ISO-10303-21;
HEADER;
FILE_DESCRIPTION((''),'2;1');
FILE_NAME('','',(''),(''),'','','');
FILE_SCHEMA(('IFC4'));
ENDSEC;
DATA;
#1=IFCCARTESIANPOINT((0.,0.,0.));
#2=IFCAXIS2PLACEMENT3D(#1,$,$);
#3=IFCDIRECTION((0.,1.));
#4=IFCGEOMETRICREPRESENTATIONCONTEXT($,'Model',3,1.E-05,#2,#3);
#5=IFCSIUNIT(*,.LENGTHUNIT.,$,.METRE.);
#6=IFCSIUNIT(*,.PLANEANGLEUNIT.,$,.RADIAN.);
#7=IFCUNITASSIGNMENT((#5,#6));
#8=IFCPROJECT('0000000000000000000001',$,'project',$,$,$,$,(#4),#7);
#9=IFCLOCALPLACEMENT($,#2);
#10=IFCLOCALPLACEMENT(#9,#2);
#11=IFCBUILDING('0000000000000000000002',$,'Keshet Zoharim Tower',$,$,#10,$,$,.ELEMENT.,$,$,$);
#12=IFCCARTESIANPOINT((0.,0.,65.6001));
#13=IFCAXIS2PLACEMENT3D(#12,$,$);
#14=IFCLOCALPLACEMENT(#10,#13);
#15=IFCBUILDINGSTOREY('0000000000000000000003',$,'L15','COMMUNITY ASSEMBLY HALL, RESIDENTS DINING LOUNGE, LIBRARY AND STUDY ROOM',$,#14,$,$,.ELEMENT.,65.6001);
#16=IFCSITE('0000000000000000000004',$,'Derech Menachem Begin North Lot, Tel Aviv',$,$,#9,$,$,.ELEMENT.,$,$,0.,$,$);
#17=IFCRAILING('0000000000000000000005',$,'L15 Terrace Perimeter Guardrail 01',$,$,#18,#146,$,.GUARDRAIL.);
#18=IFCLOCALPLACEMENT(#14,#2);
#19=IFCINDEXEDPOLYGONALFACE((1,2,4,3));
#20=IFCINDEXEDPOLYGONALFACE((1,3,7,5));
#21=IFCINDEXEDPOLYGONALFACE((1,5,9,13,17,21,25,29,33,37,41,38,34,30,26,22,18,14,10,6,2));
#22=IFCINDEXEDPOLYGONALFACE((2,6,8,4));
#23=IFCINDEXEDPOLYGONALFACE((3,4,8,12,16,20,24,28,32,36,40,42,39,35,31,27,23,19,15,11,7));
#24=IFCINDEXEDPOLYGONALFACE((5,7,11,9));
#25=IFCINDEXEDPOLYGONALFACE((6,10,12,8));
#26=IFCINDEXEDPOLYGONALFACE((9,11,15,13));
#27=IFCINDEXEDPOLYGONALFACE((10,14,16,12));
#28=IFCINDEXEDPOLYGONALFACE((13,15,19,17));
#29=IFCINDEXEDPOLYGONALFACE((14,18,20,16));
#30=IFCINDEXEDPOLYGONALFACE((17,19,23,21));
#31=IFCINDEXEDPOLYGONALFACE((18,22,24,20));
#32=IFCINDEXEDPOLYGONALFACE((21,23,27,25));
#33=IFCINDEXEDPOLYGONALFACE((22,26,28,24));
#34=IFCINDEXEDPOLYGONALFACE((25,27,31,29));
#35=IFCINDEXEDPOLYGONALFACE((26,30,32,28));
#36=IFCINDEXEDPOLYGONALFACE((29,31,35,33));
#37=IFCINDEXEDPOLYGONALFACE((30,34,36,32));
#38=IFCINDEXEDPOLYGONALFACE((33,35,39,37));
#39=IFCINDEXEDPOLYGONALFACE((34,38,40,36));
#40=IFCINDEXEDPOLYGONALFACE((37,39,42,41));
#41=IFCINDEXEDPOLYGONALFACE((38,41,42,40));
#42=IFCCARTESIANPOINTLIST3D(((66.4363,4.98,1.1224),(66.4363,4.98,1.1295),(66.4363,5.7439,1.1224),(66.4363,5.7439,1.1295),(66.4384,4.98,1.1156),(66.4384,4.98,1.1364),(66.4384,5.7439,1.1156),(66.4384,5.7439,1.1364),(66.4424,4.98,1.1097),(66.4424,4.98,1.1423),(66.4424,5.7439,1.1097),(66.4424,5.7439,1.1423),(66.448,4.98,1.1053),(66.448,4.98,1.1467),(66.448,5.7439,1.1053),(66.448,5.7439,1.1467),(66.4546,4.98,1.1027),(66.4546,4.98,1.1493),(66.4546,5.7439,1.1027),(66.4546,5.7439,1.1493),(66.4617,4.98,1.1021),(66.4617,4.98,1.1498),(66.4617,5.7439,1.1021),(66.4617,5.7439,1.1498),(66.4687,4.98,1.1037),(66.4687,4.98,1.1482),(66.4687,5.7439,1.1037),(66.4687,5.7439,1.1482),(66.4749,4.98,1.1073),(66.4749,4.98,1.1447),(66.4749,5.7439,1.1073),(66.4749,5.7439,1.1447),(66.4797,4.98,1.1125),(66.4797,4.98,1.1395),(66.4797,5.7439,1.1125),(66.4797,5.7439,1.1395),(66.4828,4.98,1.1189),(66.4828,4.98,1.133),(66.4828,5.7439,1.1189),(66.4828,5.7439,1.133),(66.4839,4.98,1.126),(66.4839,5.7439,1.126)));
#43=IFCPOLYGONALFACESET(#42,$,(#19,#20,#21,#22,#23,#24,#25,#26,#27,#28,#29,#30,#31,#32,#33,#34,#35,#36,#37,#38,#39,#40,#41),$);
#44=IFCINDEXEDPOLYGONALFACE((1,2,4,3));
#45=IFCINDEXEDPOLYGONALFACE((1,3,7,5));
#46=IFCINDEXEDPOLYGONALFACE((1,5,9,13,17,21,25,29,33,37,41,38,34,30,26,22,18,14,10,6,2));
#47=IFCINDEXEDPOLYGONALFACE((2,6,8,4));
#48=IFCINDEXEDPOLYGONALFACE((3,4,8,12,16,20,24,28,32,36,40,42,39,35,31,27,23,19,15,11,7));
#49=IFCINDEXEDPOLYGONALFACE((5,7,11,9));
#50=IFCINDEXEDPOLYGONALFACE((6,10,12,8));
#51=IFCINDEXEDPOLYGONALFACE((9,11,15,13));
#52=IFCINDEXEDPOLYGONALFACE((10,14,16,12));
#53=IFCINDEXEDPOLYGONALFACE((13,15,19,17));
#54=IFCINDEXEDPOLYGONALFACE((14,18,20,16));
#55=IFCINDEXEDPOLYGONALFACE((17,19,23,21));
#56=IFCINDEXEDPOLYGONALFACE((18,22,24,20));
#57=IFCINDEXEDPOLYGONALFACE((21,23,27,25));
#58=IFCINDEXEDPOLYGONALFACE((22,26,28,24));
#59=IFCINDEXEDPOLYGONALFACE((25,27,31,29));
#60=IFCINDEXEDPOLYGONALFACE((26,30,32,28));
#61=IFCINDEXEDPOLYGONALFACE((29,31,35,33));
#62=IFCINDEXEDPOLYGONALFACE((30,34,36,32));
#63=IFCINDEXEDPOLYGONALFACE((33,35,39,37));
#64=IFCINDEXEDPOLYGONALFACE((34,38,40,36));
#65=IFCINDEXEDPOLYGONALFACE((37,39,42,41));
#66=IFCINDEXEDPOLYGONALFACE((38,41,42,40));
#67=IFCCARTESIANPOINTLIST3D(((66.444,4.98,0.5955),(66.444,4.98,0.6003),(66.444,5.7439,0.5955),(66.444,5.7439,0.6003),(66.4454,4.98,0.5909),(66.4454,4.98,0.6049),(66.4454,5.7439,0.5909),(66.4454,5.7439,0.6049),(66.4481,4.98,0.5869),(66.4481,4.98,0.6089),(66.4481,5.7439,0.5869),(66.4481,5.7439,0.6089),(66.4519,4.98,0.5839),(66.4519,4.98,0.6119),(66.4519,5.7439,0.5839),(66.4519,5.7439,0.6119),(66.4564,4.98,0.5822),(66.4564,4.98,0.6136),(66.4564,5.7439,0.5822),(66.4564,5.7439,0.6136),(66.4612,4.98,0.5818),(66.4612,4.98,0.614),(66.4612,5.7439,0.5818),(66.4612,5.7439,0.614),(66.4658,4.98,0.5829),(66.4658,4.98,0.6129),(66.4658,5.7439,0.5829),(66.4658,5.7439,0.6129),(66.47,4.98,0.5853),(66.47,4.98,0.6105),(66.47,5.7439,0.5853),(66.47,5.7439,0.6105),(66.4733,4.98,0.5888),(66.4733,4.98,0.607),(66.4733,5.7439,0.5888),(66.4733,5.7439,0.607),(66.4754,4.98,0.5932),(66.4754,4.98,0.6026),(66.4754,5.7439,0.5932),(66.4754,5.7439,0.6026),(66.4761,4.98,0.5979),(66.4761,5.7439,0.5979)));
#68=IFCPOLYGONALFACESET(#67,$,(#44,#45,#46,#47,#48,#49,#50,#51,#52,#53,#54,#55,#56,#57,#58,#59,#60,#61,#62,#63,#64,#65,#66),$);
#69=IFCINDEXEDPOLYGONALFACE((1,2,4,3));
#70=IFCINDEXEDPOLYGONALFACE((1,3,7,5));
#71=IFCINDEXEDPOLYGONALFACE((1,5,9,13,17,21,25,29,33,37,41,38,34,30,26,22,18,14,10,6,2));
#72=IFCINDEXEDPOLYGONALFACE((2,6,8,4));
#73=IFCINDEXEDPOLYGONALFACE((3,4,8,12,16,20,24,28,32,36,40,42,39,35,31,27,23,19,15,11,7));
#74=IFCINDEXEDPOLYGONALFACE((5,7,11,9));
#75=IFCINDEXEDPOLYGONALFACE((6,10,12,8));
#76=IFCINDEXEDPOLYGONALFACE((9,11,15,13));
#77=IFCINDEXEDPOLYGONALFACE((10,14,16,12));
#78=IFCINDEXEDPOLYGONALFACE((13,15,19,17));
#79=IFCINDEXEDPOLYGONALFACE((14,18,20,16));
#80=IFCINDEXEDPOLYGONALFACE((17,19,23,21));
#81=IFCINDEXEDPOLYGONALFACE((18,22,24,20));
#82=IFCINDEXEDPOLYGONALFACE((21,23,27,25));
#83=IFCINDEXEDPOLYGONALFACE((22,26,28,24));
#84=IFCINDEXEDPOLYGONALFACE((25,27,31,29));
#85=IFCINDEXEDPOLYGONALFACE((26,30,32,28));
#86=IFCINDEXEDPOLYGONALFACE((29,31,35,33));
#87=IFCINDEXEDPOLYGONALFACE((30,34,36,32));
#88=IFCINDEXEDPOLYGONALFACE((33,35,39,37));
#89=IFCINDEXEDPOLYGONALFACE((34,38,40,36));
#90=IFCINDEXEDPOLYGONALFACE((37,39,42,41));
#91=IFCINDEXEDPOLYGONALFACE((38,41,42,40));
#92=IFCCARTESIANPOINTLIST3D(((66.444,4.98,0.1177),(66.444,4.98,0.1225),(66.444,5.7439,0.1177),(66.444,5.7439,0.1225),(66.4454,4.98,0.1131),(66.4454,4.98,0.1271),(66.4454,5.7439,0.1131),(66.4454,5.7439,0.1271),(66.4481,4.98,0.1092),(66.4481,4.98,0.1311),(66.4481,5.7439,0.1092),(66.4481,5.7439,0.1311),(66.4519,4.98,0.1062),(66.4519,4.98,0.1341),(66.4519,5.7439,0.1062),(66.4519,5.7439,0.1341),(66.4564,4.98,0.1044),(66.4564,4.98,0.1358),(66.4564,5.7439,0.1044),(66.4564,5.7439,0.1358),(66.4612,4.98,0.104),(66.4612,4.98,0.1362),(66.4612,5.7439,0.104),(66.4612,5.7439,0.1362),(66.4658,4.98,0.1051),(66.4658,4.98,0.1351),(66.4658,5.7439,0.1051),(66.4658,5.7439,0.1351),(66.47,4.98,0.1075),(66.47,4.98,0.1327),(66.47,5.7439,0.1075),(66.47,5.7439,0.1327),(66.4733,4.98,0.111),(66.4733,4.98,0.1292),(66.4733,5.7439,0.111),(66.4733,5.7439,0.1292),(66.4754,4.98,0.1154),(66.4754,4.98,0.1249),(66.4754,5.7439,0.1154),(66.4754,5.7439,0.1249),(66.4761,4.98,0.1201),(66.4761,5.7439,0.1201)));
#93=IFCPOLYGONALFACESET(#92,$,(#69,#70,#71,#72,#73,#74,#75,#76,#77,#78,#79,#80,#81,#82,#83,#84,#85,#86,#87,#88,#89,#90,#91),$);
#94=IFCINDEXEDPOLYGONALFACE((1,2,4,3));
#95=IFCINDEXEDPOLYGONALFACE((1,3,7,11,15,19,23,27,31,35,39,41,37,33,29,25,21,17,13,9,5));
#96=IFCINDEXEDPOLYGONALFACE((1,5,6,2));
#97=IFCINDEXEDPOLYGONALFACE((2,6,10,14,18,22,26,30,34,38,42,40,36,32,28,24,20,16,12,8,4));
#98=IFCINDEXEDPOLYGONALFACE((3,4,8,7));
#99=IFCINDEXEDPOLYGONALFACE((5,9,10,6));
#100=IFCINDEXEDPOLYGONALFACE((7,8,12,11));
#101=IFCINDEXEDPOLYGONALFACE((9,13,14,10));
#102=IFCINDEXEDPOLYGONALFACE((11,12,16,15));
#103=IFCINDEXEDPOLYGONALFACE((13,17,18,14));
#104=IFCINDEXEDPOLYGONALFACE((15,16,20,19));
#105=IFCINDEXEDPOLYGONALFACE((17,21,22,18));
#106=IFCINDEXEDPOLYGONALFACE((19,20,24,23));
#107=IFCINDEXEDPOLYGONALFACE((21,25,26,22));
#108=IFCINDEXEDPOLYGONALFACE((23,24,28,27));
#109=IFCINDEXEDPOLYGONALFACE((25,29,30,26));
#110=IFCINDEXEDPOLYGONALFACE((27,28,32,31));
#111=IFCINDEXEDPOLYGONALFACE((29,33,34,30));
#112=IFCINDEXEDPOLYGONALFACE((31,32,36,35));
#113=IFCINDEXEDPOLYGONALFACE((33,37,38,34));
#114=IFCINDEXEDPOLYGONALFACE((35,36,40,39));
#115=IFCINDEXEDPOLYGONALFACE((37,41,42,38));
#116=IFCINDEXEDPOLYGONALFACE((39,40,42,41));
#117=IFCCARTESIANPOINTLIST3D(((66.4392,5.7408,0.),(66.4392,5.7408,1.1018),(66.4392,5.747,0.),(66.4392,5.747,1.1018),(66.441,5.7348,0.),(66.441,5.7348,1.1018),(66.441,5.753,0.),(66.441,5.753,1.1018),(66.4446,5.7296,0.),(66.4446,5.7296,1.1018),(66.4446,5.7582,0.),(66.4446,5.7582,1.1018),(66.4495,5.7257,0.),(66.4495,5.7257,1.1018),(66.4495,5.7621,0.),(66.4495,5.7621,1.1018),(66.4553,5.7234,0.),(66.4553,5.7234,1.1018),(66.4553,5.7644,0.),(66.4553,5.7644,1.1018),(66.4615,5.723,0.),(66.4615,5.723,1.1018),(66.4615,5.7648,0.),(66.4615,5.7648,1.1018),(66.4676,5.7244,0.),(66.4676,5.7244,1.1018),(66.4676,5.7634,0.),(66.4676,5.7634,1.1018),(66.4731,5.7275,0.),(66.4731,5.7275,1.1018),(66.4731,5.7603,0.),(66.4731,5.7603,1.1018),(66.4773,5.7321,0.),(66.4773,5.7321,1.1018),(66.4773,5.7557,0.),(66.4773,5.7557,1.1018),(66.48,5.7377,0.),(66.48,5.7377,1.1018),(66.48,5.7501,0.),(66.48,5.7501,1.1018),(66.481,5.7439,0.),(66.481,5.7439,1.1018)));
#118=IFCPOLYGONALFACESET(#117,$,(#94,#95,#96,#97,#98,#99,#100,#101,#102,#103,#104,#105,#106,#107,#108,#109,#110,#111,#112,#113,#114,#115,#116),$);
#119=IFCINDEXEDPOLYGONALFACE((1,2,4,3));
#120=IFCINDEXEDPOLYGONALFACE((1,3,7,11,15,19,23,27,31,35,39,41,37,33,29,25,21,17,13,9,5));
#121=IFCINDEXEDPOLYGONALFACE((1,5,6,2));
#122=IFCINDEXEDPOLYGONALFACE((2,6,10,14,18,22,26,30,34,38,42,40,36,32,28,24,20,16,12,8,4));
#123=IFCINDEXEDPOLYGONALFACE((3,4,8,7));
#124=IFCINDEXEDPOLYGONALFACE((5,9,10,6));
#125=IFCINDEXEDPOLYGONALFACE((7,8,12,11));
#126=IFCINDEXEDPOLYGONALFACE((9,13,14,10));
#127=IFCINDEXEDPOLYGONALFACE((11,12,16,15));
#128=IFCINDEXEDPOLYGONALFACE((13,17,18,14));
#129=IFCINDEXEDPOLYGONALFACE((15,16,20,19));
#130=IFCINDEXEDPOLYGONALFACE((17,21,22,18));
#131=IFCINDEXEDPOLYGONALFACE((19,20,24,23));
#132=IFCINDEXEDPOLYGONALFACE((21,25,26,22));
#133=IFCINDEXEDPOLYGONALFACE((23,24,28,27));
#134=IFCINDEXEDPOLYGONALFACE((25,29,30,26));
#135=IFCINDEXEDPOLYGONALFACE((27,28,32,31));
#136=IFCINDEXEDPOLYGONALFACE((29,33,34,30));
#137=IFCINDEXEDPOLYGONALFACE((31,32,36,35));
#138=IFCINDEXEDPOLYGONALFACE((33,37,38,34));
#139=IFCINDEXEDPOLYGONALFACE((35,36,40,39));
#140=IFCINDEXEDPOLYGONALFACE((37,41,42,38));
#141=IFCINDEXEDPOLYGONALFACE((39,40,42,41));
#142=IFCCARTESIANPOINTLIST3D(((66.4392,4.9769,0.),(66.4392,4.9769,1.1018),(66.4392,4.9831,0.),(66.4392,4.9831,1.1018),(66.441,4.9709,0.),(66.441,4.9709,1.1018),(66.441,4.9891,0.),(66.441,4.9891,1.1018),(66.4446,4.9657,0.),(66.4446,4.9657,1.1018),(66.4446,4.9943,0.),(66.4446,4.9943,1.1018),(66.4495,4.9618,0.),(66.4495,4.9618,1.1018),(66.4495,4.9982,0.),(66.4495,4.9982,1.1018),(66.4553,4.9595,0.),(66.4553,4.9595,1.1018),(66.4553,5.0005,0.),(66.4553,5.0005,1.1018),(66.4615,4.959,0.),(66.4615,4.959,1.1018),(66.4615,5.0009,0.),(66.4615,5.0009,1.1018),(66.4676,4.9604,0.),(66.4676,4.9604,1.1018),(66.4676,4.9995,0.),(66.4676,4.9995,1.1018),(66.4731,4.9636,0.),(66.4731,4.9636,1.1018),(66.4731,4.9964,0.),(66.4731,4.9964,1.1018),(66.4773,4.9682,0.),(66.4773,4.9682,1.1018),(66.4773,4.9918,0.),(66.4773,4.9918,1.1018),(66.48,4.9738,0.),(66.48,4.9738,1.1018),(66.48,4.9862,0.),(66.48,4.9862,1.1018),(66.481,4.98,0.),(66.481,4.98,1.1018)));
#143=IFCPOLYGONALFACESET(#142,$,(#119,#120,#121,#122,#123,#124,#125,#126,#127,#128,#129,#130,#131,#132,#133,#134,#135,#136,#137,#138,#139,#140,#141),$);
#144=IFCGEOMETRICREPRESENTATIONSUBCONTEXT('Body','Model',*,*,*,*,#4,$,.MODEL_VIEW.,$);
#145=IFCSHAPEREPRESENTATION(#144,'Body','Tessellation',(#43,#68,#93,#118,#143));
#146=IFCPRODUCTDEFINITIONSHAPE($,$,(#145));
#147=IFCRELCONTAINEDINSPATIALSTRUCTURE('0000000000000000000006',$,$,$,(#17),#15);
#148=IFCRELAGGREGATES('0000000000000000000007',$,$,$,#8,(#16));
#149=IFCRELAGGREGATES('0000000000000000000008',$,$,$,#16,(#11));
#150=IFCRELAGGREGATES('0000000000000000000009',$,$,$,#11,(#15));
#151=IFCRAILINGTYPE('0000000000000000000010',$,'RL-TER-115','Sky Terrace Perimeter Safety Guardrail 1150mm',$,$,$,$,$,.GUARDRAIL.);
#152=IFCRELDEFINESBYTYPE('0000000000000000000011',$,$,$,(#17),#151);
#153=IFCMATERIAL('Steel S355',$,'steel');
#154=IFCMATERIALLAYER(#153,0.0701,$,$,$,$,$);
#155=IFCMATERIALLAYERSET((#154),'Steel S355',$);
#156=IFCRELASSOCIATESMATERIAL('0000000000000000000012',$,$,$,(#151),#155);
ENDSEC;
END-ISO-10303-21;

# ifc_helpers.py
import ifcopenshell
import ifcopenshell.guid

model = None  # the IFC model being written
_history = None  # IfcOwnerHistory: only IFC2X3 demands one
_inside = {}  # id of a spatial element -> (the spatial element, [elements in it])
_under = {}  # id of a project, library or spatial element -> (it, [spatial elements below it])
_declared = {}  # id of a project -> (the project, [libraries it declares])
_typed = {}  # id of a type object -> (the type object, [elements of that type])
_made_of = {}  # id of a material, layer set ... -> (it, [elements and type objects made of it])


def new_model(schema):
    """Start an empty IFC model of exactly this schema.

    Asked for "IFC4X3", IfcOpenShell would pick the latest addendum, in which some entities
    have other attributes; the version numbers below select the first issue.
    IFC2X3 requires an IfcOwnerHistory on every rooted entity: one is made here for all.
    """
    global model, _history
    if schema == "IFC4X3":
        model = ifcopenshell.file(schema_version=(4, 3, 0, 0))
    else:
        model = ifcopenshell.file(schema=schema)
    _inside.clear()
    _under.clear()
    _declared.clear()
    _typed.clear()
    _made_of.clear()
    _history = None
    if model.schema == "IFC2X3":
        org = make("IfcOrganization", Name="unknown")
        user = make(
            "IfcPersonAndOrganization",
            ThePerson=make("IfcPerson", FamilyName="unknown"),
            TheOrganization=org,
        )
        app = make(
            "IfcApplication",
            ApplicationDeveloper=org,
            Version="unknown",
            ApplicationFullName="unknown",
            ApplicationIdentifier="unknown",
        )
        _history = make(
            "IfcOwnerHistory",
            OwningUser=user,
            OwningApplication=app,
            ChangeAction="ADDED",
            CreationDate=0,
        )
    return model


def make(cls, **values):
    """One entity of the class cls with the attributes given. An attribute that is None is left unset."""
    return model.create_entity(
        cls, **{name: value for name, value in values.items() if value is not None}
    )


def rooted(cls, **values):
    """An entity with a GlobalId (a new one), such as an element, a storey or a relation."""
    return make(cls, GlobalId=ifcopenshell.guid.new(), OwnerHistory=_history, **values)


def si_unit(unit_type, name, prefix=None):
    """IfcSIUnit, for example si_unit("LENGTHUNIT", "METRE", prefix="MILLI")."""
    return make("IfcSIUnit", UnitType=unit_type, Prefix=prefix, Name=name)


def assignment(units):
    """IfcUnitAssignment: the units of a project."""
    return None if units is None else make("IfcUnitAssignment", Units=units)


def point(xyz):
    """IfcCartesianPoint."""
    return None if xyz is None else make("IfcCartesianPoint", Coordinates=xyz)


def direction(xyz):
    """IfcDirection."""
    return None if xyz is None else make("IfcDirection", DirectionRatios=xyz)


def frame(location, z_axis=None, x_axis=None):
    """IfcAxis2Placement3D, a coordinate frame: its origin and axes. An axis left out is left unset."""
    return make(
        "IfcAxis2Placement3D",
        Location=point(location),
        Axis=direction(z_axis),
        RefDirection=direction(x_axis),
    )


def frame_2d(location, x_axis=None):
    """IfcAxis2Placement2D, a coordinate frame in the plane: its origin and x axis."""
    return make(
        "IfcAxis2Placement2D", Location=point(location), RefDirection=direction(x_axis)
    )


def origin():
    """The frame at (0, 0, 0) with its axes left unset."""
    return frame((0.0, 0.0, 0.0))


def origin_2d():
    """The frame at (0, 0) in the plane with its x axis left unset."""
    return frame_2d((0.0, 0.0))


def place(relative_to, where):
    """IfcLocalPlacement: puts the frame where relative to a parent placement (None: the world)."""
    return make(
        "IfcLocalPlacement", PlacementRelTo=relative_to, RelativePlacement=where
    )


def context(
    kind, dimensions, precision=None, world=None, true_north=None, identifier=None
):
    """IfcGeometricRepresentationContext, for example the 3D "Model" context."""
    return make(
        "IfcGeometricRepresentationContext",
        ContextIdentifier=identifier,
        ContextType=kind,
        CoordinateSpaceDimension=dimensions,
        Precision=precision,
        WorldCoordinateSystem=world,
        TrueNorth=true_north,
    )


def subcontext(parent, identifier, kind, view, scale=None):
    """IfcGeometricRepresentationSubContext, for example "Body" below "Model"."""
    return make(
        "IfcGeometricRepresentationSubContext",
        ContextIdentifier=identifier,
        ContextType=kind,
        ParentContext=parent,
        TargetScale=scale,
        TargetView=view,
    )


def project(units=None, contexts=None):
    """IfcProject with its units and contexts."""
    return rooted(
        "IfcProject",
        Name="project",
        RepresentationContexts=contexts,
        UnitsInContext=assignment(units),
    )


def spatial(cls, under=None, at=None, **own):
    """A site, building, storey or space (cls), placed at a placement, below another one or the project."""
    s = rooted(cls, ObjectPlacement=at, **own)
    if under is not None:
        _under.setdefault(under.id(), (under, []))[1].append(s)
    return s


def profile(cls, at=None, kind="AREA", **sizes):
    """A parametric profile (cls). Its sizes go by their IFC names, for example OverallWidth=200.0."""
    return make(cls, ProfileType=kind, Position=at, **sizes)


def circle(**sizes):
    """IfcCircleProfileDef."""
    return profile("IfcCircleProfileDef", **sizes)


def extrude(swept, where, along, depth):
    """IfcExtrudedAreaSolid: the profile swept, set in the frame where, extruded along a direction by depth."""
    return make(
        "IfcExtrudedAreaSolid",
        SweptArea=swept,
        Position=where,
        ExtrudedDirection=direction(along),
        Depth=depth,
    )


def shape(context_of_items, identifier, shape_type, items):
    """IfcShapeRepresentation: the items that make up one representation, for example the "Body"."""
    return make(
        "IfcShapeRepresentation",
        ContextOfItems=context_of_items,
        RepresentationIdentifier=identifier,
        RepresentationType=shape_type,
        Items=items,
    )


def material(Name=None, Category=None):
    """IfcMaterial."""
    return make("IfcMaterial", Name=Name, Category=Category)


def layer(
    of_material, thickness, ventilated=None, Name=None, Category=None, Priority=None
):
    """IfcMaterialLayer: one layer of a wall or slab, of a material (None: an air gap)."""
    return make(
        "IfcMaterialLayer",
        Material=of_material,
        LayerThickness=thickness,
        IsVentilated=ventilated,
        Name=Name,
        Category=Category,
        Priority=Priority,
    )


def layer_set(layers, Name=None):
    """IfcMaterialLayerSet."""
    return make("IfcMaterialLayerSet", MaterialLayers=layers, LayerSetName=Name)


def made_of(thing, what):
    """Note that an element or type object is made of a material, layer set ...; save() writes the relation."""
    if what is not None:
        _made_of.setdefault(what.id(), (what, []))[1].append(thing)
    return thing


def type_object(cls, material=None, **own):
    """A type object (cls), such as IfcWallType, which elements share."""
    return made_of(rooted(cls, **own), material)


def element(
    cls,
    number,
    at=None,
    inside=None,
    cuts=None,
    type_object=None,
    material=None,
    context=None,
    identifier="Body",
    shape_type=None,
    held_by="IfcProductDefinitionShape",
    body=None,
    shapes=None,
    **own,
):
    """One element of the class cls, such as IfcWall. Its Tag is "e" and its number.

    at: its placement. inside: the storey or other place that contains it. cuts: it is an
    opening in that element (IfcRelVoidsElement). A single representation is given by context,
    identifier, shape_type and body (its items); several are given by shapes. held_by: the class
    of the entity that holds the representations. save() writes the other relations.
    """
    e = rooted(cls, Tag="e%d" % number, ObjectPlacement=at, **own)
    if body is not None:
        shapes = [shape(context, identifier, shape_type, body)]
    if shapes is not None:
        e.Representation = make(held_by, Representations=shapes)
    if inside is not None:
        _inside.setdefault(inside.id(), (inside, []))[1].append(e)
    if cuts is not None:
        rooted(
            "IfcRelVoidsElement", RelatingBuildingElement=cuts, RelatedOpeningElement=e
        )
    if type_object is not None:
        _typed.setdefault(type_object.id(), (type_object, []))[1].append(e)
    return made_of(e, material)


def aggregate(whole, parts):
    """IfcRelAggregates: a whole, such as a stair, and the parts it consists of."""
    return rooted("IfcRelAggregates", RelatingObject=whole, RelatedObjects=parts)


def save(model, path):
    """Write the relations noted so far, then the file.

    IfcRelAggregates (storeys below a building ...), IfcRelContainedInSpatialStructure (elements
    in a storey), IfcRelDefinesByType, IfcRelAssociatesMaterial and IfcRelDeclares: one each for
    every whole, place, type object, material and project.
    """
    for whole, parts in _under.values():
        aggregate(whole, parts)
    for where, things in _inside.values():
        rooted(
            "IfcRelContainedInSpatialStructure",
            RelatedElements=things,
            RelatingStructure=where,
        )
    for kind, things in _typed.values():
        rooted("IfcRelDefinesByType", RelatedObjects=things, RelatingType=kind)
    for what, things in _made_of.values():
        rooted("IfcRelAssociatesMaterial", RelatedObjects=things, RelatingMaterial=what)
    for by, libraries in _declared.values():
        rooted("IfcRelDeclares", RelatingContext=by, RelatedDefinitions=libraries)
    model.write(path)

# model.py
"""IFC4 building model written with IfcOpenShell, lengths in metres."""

from ifc_helpers import new_model, si_unit, direction, frame, origin, origin_2d, place, context, subcontext, project, spatial, circle, extrude, material, layer, layer_set, type_object, element, save


model = new_model("IFC4")

# Units and contexts
model_context = context("Model", 3, precision=1e-05, world=origin(), true_north=direction((0.0, 1.0)))
body_context = subcontext(model_context, "Body", "Model", "MODEL_VIEW")
ifc_project = project(units=[si_unit("LENGTHUNIT", "METRE"), si_unit("PLANEANGLEUNIT", "RADIAN")], contexts=[model_context])

# Site, building, storey
site_placement = place(None, origin())
site = spatial("IfcSite", under=ifc_project, at=site_placement, Name="Derech Menachem Begin North Lot, Tel Aviv", CompositionType="ELEMENT", RefElevation=0.0)
building_placement = place(site_placement, origin())
building = spatial("IfcBuilding", under=site, at=building_placement, Name="Keshet Zoharim Tower", CompositionType="ELEMENT")
storey_placement = place(building_placement, frame((0.0, 0.0, 65.6001)))
storey = spatial("IfcBuildingStorey", under=building, at=storey_placement, Name="L15", Description="COMMUNITY ASSEMBLY HALL, RESIDENTS DINING LOUNGE, LIBRARY AND STUDY ROOM", CompositionType="ELEMENT", Elevation=65.6001)

# Shared definitions
ifc_material_1 = material(Name="Steel S355", Category="steel")

# Railing
ifc_layer_1 = layer(ifc_material_1, 0.0701)
ifc_layer_set_1 = layer_set([ifc_layer_1], Name="Steel S355")
railing_type = type_object("IfcRailingType", Name="RL-TER-115", Description="Sky Terrace Perimeter Safety Guardrail 1150mm", PredefinedType="GUARDRAIL", material=ifc_layer_set_1)
railing_1_placement = place(storey_placement, frame((66.46, 5.7439, 0.0)))
element("IfcRailing", 1, at=railing_1_placement, inside=storey, type_object=railing_type, Name="L15 Terrace Perimeter Guardrail 01", PredefinedType="GUARDRAIL", context=body_context, shape_type="SweptSolid", body=[
    extrude(circle(Radius=0.0239, at=origin_2d()), frame((0.0, 0.0, 1.126), z_axis=(0.0, -1.0, 0.0), x_axis=(1.0, 0.0, 0.0)), (0.0, 0.0, 1.0), 0.7639),
    extrude(circle(Radius=0.0161, at=origin_2d()), frame((0.0, 0.0, 0.5979), z_axis=(0.0, -1.0, 0.0), x_axis=(1.0, 0.0, 0.0)), (0.0, 0.0, 1.0), 0.7639),
    extrude(circle(Radius=0.0161, at=origin_2d()), frame((0.0, 0.0, 0.1201), z_axis=(0.0, -1.0, 0.0), x_axis=(1.0, 0.0, 0.0)), (0.0, 0.0, 1.0), 0.7639),
    extrude(circle(Radius=0.021, at=origin_2d()), origin(), (0.0, 0.0, 1.0), 1.1018),
    extrude(circle(Radius=0.021, at=origin_2d()), frame((0.0, -0.7639, 0.0)), (0.0, 0.0, 1.0), 1.1018),
])

save(model, "model.ifc")
